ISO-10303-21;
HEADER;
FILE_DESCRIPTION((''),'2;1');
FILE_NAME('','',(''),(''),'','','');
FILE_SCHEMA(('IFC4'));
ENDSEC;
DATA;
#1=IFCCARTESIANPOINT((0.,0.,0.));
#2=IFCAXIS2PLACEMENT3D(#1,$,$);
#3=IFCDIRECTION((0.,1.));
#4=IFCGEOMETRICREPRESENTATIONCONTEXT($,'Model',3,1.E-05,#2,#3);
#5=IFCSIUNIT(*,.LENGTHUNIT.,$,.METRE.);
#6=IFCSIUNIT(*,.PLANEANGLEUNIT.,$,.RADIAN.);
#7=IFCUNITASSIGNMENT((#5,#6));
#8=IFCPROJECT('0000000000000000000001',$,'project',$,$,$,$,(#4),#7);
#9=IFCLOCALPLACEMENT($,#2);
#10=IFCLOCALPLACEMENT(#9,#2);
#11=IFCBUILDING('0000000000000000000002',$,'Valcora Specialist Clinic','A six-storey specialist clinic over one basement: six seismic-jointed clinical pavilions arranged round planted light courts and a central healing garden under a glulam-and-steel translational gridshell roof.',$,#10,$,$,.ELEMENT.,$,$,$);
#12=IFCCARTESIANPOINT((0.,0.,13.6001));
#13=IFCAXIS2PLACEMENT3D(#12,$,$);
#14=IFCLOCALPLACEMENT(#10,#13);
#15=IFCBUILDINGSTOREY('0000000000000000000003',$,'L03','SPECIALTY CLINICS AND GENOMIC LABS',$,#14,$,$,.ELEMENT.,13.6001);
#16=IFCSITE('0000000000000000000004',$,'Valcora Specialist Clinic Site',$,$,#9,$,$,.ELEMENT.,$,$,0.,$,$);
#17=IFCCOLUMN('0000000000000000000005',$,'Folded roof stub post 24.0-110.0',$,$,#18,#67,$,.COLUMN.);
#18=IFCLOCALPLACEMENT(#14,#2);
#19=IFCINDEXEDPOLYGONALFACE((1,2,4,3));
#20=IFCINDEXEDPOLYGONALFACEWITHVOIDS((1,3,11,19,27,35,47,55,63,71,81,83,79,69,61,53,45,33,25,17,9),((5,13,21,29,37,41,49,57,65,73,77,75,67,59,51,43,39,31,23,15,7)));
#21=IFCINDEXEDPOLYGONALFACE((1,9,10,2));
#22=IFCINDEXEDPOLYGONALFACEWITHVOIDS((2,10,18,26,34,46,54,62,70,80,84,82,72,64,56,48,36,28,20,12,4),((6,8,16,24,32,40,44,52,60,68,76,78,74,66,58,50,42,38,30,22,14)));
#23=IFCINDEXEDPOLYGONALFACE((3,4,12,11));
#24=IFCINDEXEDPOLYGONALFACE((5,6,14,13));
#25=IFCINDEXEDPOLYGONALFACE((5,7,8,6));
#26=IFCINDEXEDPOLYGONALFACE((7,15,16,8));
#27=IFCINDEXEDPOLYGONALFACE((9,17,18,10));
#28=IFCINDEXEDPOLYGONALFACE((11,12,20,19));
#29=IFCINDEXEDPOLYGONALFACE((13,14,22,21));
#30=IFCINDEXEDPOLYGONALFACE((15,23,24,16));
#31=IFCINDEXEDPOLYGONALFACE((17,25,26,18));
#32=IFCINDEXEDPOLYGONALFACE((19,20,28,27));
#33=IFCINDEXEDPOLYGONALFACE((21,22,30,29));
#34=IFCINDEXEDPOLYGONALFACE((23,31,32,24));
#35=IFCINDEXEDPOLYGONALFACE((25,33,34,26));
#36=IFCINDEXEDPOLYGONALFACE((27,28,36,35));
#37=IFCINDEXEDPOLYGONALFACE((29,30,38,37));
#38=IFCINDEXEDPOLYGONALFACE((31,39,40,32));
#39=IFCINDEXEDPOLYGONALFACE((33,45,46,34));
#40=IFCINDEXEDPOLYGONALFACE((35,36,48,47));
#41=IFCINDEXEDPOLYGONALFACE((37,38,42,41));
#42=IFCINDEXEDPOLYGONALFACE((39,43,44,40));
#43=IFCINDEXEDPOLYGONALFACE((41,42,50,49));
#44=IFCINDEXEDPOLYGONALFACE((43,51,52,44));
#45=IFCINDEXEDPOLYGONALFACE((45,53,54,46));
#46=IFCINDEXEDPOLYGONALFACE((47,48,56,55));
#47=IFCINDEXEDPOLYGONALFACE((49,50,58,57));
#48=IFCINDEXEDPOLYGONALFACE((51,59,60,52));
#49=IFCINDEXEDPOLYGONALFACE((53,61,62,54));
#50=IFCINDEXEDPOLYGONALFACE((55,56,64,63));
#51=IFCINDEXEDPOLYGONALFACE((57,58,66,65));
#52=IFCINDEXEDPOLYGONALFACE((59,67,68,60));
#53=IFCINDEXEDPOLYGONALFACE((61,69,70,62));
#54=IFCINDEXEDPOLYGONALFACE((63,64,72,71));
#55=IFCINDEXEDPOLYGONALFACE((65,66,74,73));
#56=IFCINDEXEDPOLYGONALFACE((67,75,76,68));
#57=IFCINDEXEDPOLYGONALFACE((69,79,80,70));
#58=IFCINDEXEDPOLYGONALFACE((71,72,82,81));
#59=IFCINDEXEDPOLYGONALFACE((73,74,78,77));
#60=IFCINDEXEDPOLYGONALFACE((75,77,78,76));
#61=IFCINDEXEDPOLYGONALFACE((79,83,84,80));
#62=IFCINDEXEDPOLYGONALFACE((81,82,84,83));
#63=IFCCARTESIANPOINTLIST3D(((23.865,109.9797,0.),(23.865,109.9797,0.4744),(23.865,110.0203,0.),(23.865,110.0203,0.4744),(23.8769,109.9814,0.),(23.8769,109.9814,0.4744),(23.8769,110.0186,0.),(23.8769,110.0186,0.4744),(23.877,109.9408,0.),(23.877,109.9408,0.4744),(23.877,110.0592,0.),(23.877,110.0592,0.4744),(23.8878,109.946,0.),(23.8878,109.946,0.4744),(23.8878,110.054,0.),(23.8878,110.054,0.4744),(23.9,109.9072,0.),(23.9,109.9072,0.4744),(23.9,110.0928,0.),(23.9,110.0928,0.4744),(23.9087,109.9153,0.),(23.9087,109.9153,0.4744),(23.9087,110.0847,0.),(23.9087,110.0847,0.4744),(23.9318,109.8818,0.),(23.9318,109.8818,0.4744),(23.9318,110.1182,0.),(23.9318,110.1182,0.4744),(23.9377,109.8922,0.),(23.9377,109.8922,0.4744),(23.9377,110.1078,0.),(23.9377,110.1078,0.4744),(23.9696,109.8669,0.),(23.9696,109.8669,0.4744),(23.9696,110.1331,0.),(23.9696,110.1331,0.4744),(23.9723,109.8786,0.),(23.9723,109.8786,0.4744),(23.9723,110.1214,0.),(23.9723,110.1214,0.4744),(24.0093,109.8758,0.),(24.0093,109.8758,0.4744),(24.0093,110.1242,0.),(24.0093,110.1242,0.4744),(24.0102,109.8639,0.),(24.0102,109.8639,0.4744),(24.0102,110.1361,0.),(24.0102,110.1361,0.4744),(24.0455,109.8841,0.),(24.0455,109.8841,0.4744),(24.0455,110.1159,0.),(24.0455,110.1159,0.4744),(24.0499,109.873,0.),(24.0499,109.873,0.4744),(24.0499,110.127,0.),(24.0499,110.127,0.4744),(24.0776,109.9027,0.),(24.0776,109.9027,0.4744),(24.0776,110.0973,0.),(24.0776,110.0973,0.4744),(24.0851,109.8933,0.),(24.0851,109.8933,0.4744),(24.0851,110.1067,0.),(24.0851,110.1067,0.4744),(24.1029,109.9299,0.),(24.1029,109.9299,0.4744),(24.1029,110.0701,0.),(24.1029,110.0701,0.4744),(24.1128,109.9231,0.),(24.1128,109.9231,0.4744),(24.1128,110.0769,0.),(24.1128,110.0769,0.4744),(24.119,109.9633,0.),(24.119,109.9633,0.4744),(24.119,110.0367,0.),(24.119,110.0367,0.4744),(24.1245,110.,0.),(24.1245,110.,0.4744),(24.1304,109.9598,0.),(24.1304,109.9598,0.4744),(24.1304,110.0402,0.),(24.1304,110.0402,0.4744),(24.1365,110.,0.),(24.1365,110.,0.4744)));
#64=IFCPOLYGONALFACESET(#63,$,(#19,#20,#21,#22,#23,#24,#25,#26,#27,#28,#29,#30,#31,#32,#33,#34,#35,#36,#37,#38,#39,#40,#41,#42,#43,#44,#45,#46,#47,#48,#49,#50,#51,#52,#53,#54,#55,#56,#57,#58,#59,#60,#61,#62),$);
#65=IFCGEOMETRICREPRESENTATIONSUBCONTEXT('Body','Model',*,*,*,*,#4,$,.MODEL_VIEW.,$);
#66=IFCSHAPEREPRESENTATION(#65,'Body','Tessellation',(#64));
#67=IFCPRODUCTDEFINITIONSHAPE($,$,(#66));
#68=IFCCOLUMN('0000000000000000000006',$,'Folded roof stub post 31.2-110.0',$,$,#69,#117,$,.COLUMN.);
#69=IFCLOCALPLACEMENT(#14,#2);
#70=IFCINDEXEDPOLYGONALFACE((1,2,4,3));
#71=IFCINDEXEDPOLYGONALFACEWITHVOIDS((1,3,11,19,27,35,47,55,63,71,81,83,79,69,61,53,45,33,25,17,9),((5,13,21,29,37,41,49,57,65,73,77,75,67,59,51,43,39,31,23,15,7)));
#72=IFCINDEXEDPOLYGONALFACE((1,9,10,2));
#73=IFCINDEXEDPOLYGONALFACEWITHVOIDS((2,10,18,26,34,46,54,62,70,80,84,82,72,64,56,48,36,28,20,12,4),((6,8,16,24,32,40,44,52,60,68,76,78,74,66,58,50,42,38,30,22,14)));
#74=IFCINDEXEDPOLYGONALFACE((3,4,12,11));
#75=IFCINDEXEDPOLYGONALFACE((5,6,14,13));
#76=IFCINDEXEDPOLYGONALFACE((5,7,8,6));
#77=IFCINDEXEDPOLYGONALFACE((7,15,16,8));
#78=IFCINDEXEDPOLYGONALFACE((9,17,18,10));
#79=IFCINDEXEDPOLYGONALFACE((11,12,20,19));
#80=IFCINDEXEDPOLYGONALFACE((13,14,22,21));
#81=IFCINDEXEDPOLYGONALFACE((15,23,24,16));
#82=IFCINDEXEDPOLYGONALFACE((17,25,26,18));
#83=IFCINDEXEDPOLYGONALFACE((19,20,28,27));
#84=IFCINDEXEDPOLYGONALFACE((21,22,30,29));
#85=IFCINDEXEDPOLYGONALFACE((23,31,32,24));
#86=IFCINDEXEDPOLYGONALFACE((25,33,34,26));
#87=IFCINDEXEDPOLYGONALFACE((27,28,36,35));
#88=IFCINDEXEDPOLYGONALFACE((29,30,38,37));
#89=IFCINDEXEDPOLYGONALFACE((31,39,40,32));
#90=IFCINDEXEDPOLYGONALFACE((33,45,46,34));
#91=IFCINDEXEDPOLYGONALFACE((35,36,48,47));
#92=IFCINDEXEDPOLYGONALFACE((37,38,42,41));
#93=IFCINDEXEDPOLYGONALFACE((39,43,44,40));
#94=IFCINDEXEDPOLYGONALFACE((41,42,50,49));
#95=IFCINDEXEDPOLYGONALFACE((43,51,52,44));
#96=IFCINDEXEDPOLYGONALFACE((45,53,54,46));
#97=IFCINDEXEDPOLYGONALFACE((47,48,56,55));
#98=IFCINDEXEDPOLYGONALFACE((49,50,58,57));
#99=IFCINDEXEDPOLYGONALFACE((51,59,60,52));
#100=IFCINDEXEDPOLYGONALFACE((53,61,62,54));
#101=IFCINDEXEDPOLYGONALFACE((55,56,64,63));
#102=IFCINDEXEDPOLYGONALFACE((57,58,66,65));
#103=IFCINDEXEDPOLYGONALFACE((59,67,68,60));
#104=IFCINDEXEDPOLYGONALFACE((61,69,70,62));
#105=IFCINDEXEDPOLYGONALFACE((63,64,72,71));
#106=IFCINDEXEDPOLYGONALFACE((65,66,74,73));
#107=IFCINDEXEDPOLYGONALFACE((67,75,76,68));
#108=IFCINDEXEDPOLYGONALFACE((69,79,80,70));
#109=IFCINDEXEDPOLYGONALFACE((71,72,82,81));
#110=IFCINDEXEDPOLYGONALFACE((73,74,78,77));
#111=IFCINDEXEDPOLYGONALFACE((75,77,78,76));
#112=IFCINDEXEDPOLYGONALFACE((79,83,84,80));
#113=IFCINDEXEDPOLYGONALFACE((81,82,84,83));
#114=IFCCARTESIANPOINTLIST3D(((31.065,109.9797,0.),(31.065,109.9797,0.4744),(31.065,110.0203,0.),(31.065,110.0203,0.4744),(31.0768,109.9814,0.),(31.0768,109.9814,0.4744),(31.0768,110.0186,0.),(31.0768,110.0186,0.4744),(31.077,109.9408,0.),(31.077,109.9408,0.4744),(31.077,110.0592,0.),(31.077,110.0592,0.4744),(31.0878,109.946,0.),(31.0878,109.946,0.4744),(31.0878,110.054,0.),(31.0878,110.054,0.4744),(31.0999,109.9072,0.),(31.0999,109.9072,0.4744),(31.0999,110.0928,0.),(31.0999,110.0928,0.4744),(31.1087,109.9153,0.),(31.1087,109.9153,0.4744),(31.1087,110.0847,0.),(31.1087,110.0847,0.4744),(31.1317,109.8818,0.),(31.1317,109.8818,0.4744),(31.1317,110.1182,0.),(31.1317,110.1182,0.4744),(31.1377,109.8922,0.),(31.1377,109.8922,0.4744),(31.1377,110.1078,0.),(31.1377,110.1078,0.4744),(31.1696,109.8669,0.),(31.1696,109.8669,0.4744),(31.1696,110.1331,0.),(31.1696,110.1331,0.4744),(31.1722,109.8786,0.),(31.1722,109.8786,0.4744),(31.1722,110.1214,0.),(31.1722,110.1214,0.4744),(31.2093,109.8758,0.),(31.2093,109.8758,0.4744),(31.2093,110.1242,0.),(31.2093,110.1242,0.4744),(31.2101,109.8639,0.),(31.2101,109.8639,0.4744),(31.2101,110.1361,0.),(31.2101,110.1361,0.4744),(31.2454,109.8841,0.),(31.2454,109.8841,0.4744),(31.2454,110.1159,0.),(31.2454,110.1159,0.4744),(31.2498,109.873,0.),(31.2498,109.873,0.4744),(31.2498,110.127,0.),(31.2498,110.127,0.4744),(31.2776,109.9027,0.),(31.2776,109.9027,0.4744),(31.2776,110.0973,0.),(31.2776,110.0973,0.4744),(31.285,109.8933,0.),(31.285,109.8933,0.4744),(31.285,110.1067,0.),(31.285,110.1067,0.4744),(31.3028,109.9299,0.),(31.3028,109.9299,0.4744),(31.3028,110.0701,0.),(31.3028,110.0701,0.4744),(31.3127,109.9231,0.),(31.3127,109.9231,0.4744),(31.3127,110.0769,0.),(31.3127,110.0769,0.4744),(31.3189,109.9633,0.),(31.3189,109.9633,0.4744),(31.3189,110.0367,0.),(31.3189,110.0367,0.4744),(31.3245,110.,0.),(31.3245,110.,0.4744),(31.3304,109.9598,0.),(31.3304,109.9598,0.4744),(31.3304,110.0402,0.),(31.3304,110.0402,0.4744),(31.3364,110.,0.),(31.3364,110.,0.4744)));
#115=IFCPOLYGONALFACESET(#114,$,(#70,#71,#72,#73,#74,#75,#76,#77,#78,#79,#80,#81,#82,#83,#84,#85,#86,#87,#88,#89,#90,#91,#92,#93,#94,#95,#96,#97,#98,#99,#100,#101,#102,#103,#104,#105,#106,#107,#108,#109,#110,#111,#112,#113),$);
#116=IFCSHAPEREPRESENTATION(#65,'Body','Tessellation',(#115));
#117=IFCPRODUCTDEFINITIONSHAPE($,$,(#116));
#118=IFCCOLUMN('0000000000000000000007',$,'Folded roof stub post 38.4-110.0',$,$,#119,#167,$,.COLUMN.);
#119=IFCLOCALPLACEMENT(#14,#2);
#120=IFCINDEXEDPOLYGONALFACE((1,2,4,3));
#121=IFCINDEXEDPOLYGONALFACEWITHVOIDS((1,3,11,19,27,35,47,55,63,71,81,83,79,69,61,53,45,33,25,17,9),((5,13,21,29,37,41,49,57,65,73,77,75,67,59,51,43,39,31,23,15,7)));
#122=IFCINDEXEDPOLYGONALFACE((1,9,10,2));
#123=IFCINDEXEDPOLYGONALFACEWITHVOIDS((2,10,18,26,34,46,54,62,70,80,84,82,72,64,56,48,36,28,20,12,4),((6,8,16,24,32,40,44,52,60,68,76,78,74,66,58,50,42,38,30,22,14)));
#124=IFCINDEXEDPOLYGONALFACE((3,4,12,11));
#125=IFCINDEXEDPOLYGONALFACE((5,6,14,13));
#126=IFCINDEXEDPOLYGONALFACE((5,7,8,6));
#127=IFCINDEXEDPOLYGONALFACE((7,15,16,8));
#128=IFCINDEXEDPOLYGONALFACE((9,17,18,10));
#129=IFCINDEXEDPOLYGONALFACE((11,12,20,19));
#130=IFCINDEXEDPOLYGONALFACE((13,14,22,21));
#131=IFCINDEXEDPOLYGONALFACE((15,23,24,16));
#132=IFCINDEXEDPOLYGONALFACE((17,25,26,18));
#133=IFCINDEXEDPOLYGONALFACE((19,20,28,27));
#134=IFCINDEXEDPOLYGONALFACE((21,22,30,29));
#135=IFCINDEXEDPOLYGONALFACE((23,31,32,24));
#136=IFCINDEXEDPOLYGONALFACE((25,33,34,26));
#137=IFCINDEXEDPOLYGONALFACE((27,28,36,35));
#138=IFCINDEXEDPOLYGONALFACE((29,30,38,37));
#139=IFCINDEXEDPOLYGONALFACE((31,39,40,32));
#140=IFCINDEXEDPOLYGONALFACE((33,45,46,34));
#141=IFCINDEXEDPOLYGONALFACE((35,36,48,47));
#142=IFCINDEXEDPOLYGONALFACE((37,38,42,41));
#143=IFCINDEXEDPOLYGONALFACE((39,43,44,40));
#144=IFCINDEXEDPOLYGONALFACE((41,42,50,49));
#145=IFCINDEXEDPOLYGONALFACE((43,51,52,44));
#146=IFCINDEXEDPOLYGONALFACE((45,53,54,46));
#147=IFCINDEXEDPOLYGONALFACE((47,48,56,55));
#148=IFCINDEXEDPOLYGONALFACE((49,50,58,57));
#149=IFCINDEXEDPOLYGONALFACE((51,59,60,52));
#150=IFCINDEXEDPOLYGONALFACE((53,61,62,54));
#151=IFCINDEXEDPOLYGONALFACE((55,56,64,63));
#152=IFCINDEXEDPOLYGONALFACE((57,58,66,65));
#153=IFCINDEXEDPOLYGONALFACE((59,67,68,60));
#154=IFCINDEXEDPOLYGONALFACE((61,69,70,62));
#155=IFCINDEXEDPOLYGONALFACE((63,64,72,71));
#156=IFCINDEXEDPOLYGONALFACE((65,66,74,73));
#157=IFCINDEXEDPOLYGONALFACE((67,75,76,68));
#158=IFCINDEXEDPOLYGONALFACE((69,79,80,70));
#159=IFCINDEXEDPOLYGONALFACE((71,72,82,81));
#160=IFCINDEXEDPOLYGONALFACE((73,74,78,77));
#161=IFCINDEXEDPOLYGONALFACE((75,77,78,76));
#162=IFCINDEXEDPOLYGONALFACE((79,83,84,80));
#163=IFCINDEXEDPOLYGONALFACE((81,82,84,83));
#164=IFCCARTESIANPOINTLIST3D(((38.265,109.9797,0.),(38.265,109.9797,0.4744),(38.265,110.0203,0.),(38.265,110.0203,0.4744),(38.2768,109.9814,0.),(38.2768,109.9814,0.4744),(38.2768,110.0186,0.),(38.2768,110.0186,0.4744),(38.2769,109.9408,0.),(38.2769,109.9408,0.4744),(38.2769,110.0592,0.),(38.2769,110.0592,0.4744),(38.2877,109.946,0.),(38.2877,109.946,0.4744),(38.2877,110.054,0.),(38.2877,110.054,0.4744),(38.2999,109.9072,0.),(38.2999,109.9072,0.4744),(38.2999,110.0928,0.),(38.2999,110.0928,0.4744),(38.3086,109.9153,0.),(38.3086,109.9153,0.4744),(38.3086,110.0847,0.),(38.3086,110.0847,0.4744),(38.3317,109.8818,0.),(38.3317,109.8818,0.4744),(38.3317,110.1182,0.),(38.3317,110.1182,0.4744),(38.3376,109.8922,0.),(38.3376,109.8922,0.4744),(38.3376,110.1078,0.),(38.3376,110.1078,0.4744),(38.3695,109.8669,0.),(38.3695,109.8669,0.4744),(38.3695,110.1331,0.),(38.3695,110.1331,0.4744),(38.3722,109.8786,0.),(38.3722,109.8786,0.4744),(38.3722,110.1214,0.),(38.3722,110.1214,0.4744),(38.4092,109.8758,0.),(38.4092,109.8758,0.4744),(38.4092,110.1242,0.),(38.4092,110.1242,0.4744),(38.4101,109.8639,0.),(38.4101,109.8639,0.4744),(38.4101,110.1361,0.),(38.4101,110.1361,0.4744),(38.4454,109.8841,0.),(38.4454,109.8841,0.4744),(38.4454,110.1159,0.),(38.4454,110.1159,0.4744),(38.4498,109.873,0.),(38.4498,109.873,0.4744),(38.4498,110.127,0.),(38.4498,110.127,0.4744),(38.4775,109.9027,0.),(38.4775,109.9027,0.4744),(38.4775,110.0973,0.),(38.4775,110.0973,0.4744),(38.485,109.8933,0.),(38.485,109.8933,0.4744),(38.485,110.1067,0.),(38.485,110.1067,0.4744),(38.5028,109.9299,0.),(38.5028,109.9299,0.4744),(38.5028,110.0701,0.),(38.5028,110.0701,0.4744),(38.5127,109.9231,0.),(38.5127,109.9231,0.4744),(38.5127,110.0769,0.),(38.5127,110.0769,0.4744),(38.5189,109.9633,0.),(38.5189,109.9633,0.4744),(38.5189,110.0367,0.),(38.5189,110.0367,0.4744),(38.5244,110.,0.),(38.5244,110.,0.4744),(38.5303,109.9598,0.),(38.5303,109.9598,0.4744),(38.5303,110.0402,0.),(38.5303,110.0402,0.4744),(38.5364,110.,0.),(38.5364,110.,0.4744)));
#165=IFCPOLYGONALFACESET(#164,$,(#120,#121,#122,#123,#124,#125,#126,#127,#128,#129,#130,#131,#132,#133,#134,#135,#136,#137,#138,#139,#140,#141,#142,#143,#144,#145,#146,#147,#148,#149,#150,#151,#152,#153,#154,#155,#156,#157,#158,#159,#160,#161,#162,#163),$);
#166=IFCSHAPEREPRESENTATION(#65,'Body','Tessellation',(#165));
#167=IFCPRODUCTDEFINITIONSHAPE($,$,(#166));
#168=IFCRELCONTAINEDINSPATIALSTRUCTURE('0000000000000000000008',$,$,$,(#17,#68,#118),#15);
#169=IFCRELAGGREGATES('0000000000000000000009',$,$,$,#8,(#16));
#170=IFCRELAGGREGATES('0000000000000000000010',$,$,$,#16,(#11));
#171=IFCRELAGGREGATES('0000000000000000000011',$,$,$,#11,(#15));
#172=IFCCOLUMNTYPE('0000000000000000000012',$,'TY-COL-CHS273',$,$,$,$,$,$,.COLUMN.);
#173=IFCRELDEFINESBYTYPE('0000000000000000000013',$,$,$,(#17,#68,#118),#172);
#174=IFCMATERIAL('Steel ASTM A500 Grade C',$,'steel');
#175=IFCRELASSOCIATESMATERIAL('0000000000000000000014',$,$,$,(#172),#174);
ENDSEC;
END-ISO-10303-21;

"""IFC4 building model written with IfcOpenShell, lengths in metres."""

from ifc_helpers import new_model, si_unit, direction, frame, origin, origin_2d, place, context, subcontext, project, spatial, hollow_circle, extrude, material, material_profile, profile_set, type_object, element, save


model = new_model("IFC4")

# Units and contexts
model_context = context("Model", 3, precision=1e-05, world=origin(), true_north=direction((0.0, 1.0)))
body_context = subcontext(model_context, "Body", "Model", "MODEL_VIEW")
ifc_project = project(units=[si_unit("LENGTHUNIT", "METRE"), si_unit("PLANEANGLEUNIT", "RADIAN")], contexts=[model_context])

# Site, building, storey
site_placement = place(None, origin())
site = spatial("IfcSite", under=ifc_project, at=site_placement, Name="Valcora Specialist Clinic Site", CompositionType="ELEMENT", RefElevation=0.0)
building_placement = place(site_placement, origin())
building = spatial("IfcBuilding", under=site, at=building_placement, Name="Valcora Specialist Clinic", Description="A six-storey specialist clinic over one basement: six seismic-jointed clinical pavilions arranged round planted light courts and a central healing garden under a glulam-and-steel translational gridshell roof.", CompositionType="ELEMENT")
storey_placement = place(building_placement, frame((0.0, 0.0, 13.6001)))
storey = spatial("IfcBuildingStorey", under=building, at=storey_placement, Name="L03", Description="SPECIALTY CLINICS AND GENOMIC LABS", CompositionType="ELEMENT", Elevation=13.6001)

# Columns
ifc_material_1 = material(Name="Steel ASTM A500 Grade C", Category="steel")
ifc_material_profile_1 = material_profile(ifc_material_1, hollow_circle(Radius=0.1365, WallThickness=0.012, at=origin_2d()), Name="ST-CHS-273X12")
ifc_profile_set_1 = profile_set([ifc_material_profile_1], Name="Steel ASTM A500 Grade C")
column_type = type_object("IfcColumnType", Name="TY-COL-CHS273", PredefinedType="COLUMN", material=ifc_profile_set_1)
for number, where, z_axis, x_axis, name in (
    (1, (24.0, 110.0, 0.0), (0.0, 0.0, 1.0), (1.0, 0.0, 0.0), "Folded roof stub post 24.0-110.0"),
    (2, (31.2, 110.0, 0.0), (0.0, 0.0, 1.0), (1.0, 0.0, 0.0), "Folded roof stub post 31.2-110.0"),
    (3, (38.3999, 110.0, 0.0), (0.0, 0.0, 1.0), (1.0, 0.0, 0.0), "Folded roof stub post 38.4-110.0"),
):
    element("IfcColumn", number, at=place(storey_placement, frame(where, z_axis=z_axis, x_axis=x_axis)), inside=storey, type_object=column_type, Name=name, PredefinedType="COLUMN", context=body_context, shape_type="SweptSolid", body=[
        extrude(hollow_circle(Radius=0.1365, WallThickness=0.012, at=origin_2d()), origin(), (0.0, 0.0, 1.0), 0.4744),
    ])

save(model, "model.ifc")
